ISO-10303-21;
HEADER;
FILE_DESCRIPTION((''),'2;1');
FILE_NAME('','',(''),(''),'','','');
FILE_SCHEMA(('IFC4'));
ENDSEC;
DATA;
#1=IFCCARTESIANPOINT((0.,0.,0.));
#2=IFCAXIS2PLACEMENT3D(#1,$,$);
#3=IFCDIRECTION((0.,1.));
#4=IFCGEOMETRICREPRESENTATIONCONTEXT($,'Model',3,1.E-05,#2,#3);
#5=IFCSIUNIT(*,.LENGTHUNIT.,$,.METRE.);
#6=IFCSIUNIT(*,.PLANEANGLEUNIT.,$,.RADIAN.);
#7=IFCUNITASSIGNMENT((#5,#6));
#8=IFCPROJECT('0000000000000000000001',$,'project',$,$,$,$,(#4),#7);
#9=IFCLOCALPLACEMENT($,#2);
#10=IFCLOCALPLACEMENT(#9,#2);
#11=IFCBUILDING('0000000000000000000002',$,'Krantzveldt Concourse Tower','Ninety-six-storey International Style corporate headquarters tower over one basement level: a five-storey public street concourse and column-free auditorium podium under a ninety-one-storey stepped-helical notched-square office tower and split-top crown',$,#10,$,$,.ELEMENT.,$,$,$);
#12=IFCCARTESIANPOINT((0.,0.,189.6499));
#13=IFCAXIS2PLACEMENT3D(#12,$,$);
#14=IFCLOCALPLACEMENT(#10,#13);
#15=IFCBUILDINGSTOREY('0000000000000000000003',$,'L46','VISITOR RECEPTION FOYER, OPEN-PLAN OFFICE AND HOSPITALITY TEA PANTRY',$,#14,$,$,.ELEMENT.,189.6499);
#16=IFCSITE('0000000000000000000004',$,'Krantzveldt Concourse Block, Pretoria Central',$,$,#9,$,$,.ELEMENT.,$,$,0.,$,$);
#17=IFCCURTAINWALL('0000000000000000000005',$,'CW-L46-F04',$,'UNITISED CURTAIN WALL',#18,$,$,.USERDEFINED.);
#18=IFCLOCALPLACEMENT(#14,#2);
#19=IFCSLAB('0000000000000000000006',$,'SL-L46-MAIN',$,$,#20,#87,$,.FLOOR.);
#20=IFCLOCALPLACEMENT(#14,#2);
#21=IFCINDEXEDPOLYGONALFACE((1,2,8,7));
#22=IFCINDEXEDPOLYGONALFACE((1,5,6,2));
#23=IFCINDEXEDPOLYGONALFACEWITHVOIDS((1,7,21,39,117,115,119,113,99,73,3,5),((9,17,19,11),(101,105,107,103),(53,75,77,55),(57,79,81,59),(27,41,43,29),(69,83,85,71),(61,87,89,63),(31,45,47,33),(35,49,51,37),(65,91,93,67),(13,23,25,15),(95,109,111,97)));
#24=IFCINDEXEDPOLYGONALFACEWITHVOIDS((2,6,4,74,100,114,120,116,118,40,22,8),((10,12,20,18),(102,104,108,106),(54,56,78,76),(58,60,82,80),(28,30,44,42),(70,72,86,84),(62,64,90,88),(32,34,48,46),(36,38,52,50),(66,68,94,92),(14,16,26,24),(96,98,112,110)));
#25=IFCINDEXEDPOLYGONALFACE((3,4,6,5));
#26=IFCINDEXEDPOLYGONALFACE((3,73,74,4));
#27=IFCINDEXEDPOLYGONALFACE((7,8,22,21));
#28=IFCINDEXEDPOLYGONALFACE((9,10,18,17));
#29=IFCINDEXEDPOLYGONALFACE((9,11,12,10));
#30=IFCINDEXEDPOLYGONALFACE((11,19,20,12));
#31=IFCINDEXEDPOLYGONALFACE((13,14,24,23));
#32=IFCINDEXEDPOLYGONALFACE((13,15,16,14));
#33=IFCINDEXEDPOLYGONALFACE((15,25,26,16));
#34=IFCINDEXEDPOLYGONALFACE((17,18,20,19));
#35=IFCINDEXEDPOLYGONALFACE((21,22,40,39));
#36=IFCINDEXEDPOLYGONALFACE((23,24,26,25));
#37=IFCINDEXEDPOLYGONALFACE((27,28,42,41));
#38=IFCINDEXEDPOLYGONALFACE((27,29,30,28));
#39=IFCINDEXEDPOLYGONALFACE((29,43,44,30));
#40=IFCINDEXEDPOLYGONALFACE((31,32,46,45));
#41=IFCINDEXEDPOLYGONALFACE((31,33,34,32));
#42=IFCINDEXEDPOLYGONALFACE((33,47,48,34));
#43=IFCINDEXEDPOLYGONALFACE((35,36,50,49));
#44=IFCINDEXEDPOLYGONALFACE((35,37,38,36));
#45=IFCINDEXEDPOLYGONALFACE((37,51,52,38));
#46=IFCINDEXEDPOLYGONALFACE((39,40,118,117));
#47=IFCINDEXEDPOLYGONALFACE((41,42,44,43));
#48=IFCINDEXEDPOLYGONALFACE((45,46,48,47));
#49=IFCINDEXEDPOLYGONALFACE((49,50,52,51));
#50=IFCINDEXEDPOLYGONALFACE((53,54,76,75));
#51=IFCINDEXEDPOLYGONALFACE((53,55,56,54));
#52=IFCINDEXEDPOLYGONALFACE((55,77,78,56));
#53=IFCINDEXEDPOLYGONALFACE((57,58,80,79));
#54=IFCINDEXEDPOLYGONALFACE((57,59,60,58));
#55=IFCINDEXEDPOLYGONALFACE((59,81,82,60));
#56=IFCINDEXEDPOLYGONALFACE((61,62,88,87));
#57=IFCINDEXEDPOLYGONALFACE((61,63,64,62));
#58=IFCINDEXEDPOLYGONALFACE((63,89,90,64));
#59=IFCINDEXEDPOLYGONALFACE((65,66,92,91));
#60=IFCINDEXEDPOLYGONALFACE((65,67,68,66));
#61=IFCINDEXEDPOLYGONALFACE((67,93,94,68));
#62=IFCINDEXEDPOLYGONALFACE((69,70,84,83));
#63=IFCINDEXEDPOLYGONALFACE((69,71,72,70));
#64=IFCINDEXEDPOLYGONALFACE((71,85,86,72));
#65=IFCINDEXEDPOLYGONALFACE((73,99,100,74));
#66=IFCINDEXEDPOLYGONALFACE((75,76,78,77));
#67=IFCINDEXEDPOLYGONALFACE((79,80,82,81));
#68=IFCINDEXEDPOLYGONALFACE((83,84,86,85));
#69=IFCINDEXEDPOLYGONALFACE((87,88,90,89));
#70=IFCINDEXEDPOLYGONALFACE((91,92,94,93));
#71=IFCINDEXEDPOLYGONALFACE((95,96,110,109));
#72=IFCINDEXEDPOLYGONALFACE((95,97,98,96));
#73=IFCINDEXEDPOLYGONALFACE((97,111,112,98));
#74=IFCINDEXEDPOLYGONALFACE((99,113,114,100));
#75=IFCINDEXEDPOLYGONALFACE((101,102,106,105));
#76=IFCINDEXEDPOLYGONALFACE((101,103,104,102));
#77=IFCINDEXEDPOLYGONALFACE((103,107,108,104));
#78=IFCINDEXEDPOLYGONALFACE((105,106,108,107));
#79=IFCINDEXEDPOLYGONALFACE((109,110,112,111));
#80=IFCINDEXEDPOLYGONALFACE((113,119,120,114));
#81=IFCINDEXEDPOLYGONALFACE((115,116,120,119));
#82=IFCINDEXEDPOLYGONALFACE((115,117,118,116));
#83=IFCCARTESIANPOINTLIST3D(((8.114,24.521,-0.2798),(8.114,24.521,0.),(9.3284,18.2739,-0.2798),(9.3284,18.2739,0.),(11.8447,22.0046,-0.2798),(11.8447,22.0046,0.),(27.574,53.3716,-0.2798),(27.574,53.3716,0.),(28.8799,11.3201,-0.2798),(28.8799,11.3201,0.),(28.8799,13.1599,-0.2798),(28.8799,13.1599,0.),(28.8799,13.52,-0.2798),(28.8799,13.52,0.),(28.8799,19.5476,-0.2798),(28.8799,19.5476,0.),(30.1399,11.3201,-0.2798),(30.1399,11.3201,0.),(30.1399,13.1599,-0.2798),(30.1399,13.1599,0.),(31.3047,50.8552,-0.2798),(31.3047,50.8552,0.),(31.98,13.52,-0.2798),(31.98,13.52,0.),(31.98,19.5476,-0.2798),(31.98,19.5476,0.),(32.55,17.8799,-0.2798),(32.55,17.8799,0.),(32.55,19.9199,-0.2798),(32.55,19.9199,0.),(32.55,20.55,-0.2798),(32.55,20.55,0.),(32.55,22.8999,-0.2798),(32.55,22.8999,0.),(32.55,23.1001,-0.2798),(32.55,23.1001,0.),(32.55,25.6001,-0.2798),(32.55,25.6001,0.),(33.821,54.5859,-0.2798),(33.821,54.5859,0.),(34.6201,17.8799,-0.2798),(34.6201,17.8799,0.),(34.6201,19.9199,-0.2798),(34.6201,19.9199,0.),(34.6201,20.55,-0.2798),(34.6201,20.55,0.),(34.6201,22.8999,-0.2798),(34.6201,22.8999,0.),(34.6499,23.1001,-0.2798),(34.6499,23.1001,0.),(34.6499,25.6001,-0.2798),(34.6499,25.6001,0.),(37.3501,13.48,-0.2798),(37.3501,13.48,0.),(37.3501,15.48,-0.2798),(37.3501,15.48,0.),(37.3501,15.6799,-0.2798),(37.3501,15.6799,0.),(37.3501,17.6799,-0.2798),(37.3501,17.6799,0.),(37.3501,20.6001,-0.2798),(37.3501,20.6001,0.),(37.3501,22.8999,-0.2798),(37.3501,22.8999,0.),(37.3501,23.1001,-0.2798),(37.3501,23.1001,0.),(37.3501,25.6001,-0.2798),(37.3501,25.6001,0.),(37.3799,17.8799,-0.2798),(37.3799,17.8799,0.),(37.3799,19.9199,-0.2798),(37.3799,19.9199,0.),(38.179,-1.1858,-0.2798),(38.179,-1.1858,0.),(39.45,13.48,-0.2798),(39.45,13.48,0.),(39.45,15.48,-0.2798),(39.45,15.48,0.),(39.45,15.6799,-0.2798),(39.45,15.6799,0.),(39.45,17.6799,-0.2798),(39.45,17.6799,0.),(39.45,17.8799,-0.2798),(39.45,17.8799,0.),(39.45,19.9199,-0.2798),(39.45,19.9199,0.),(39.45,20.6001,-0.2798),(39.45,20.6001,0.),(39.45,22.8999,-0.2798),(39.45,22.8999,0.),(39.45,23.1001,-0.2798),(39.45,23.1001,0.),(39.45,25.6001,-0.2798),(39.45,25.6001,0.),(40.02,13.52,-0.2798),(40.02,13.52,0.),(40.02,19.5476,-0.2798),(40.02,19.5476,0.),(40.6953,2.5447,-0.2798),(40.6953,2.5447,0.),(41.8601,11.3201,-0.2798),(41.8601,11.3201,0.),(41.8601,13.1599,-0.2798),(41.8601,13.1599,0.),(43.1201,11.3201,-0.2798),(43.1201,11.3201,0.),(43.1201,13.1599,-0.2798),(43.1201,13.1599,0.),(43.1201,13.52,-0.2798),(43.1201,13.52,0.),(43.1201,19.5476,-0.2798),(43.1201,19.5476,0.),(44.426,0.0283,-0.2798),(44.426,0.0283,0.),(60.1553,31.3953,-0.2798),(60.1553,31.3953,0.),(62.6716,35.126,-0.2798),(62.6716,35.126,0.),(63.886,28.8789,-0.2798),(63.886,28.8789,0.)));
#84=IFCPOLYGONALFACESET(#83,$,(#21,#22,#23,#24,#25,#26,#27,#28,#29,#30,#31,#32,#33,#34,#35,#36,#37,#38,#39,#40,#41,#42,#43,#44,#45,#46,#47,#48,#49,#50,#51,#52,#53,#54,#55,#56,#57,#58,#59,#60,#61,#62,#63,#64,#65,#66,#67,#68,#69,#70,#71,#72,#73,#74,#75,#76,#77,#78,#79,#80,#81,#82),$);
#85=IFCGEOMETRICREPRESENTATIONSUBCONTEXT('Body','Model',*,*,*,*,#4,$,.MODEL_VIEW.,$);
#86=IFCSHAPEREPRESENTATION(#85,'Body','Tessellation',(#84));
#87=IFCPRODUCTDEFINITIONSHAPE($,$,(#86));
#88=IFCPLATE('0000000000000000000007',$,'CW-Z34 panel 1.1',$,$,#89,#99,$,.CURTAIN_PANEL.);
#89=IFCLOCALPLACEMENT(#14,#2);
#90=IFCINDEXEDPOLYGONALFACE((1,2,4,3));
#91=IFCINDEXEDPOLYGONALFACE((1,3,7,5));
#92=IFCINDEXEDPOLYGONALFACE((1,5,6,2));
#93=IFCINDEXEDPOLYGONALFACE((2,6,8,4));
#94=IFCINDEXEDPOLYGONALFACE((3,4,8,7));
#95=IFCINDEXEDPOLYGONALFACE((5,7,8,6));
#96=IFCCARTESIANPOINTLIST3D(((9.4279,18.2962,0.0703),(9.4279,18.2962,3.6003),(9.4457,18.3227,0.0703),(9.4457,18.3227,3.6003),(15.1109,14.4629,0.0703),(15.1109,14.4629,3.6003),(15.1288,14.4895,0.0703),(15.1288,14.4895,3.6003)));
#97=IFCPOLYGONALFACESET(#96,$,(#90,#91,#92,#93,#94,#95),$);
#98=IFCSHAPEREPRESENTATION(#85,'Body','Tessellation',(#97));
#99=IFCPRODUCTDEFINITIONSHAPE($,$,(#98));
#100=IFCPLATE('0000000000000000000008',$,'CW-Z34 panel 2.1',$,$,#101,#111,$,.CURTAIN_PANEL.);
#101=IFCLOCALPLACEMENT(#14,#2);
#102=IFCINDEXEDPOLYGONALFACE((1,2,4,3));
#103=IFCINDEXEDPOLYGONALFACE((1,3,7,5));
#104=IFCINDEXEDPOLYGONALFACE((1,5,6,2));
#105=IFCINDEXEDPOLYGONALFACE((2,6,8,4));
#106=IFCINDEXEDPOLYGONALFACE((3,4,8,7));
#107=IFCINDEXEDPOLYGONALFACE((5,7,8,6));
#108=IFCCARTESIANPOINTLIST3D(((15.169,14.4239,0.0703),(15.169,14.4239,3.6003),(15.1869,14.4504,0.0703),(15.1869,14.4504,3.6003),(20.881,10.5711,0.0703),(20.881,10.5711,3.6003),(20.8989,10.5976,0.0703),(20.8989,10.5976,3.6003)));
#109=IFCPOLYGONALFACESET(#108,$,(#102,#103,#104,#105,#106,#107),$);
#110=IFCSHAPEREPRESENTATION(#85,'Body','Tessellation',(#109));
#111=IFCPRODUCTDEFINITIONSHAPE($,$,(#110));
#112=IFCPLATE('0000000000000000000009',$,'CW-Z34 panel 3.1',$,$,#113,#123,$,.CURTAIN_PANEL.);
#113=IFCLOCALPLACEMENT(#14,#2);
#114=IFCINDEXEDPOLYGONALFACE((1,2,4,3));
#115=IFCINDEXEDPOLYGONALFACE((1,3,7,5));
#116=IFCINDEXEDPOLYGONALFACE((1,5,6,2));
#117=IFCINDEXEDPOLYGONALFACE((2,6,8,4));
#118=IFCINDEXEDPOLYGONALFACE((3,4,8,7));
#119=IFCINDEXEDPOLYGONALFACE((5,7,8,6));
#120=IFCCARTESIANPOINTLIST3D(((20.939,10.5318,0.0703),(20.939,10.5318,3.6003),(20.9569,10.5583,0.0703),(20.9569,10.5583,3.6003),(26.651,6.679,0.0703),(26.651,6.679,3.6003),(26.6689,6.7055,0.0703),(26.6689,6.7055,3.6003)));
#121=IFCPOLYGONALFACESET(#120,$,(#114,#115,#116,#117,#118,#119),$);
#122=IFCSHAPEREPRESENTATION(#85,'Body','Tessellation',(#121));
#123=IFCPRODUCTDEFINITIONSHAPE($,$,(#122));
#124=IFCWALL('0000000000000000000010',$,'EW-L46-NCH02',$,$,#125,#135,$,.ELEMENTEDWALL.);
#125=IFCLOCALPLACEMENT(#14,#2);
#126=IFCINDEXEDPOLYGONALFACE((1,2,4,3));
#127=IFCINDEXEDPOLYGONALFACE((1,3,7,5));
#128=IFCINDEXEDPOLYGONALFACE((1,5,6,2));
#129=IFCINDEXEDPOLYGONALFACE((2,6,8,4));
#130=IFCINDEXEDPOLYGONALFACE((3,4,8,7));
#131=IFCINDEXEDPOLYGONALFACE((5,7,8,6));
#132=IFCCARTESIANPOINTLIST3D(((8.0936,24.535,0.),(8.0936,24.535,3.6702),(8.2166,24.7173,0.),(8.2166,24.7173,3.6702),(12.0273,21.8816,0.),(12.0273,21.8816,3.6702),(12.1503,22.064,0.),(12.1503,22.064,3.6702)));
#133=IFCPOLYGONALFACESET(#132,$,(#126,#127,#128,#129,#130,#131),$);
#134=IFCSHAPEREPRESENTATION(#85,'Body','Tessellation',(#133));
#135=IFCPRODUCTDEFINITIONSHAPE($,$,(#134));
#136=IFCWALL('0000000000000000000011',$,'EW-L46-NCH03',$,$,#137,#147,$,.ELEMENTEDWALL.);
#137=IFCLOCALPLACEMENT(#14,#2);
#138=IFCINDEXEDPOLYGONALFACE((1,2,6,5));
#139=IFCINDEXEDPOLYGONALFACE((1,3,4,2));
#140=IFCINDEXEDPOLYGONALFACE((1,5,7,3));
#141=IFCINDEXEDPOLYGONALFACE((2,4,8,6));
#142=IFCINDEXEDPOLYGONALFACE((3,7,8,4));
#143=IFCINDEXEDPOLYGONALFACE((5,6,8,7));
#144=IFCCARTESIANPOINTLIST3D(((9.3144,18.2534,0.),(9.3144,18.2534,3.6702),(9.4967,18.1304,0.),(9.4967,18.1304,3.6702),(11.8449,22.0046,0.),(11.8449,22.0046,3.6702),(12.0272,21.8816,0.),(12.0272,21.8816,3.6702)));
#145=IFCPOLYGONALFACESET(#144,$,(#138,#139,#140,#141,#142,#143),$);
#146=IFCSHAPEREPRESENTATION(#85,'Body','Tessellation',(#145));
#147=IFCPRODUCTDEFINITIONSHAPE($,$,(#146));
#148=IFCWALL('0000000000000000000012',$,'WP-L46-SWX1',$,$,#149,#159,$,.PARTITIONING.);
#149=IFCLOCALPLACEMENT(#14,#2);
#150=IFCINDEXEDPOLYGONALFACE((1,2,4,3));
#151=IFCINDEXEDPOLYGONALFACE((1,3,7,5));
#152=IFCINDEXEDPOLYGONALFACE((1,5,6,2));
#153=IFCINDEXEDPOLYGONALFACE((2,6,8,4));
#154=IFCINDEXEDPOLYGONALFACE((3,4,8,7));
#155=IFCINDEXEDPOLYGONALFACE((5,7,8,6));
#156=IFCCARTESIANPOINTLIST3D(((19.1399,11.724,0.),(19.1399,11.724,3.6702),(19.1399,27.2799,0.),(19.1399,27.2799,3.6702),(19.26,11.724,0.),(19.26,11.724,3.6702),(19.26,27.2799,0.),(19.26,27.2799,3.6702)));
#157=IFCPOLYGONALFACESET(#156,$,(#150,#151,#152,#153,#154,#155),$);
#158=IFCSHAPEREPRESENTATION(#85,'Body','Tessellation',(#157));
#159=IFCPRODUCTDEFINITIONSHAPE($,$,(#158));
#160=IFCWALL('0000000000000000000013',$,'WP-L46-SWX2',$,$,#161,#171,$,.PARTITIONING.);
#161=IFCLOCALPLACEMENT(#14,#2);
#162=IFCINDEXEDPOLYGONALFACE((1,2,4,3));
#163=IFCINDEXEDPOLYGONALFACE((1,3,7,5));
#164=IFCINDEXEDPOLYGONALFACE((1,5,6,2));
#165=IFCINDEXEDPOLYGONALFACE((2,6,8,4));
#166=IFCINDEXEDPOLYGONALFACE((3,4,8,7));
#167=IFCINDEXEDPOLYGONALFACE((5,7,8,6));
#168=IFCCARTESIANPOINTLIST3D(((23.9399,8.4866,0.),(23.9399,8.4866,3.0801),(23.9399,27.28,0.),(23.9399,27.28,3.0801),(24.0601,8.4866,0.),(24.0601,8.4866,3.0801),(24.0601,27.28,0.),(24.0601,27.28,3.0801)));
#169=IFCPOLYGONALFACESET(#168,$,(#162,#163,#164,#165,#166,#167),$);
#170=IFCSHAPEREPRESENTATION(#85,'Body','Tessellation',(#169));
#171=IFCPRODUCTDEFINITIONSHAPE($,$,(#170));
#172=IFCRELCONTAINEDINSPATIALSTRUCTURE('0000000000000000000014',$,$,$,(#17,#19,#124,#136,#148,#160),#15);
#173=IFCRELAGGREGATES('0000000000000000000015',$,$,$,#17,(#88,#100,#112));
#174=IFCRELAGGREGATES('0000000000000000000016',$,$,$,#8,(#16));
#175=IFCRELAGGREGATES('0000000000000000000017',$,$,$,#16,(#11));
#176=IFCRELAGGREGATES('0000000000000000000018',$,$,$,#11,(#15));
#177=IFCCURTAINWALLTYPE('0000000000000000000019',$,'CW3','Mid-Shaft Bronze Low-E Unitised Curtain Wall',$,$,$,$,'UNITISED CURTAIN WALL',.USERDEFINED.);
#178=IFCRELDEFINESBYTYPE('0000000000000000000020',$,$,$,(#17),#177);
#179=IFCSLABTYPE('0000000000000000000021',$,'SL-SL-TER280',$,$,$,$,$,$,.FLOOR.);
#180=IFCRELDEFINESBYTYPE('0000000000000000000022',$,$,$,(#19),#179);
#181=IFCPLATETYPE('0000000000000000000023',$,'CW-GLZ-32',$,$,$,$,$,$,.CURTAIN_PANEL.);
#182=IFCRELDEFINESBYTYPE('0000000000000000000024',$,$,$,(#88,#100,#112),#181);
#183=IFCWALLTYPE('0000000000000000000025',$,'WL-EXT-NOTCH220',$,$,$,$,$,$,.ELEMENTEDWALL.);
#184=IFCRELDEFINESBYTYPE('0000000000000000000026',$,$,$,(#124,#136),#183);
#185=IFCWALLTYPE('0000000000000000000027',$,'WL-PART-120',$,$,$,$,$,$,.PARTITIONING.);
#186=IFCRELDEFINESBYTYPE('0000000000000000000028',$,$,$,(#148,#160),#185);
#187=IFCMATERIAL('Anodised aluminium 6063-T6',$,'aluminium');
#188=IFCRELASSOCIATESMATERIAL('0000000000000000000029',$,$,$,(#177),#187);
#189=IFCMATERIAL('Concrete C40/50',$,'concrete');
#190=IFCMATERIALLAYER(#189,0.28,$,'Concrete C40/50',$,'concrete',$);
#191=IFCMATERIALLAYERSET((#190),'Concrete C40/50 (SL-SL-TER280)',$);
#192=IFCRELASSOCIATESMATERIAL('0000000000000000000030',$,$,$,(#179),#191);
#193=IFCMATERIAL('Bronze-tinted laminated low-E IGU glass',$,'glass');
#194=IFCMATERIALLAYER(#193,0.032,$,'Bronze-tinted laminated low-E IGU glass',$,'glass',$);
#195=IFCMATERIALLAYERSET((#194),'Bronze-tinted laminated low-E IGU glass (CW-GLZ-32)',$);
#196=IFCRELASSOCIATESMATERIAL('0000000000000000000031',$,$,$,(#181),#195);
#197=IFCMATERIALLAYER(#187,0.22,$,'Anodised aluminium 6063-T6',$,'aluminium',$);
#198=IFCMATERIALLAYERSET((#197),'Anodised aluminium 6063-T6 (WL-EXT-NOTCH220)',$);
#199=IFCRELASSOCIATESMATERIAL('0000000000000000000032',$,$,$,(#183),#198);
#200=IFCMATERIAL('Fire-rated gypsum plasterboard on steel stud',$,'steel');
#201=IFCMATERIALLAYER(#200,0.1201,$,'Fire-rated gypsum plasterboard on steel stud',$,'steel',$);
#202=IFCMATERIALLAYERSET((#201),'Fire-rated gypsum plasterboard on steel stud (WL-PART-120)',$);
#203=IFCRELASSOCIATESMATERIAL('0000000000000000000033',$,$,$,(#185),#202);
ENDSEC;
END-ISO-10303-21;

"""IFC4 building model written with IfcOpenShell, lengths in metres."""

from ifc_helpers import new_model, si_unit, direction, frame, frame_2d, origin, origin_2d, place, context, subcontext, project, spatial, polyline, rectangle, outline, extrude, source, transform, mapped, material, layer, layer_set, type_object, type_shapes, element, aggregate, save


model = new_model("IFC4")

# Units and contexts
model_context = context("Model", 3, precision=1e-05, world=origin(), true_north=direction((0.0, 1.0)))
body_context = subcontext(model_context, "Body", "Model", "MODEL_VIEW")
ifc_project = project(units=[si_unit("LENGTHUNIT", "METRE"), si_unit("PLANEANGLEUNIT", "RADIAN")], contexts=[model_context])

# Site, building, storey
site_placement = place(None, origin())
site = spatial("IfcSite", under=ifc_project, at=site_placement, Name="Krantzveldt Concourse Block, Pretoria Central", CompositionType="ELEMENT", RefElevation=0.0)
building_placement = place(site_placement, origin())
building = spatial("IfcBuilding", under=site, at=building_placement, Name="Krantzveldt Concourse Tower", Description="Ninety-six-storey International Style corporate headquarters tower over one basement level: a five-storey public street concourse and column-free auditorium podium under a ninety-one-storey stepped-helical notched-square office tower and split-top crown", CompositionType="ELEMENT")
storey_placement = place(building_placement, frame((0.0, 0.0, 189.6499)))
storey = spatial("IfcBuildingStorey", under=building, at=storey_placement, Name="L46", Description="VISITOR RECEPTION FOYER, OPEN-PLAN OFFICE AND HOSPITALITY TEA PANTRY", CompositionType="ELEMENT", Elevation=189.6499)

# Shared definitions
ifc_material_1 = material(Name="Anodised aluminium 6063-T6", Category="aluminium")
curtain_wall_type = type_object("IfcCurtainWallType", Name="CW3", Description="Mid-Shaft Bronze Low-E Unitised Curtain Wall", ElementType="UNITISED CURTAIN WALL", PredefinedType="USERDEFINED", material=ifc_material_1)

# Curtain wall
curtain_wall_1_placement = place(storey_placement, origin())
curtain_wall_1 = element("IfcCurtainWall", 1, at=curtain_wall_1_placement, inside=storey, type_object=curtain_wall_type, Name="CW-L46-F04", ObjectType="UNITISED CURTAIN WALL", PredefinedType="USERDEFINED")

# Slab
ifc_material_2 = material(Name="Concrete C40/50", Category="concrete")
ifc_layer_1 = layer(ifc_material_2, 0.28, Name="Concrete C40/50", Category="concrete")
ifc_layer_set_1 = layer_set([ifc_layer_1], Name="Concrete C40/50 (SL-SL-TER280)")
slab_type_1 = type_object("IfcSlabType", Name="SL-SL-TER280", PredefinedType="FLOOR", material=ifc_layer_set_1)
slab_1_placement = place(storey_placement, frame((0.0, 0.0, -0.2798)))
element("IfcSlab", 2, at=slab_1_placement, inside=storey, type_object=slab_type_1, Name="SL-L46-MAIN", PredefinedType="FLOOR", context=body_context, shape_type="SweptSolid", body=[
    extrude(outline(polyline([(31.3047, 50.8552), (27.574, 53.3716), (8.114, 24.521), (11.8447, 22.0046), (9.3284, 18.2739), (38.179, -1.1858), (40.6953, 2.5447), (44.426, 0.0283), (63.886, 28.8789), (60.1553, 31.3953), (62.6716, 35.126), (33.821, 54.5859), (31.3047, 50.8552)]), holes=[polyline([(28.8799, 19.5476), (28.8799, 13.52), (31.98, 13.52), (31.98, 19.5476), (28.8799, 19.5476)]), polyline([(40.02, 19.5476), (40.02, 13.52), (43.1201, 13.52), (43.1201, 19.5476), (40.02, 19.5476)]), polyline([(32.55, 23.1001), (34.6499, 23.1001), (34.6499, 25.6001), (32.55, 25.6001), (32.55, 23.1001)]), polyline([(37.3501, 23.1001), (39.45, 23.1001), (39.45, 25.6001), (37.3501, 25.6001), (37.3501, 23.1001)]), polyline([(37.3501, 20.6001), (39.45, 20.6001), (39.45, 22.8999), (37.3501, 22.8999), (37.3501, 20.6001)]), polyline([(37.3501, 13.48), (39.45, 13.48), (39.45, 15.48), (37.3501, 15.48), (37.3501, 13.48)]), polyline([(37.3501, 15.6799), (39.45, 15.6799), (39.45, 17.6799), (37.3501, 17.6799), (37.3501, 15.6799)]), polyline([(32.55, 20.55), (34.6201, 20.55), (34.6201, 22.8999), (32.55, 22.8999), (32.55, 20.55)]), polyline([(32.55, 17.8799), (34.6201, 17.8799), (34.6201, 19.9199), (32.55, 19.9199), (32.55, 17.8799)]), polyline([(37.3799, 17.8799), (39.45, 17.8799), (39.45, 19.9199), (37.3799, 19.9199), (37.3799, 17.8799)]), polyline([(28.8799, 11.3201), (30.1399, 11.3201), (30.1399, 13.1599), (28.8799, 13.1599), (28.8799, 11.3201)]), polyline([(41.8601, 11.3201), (43.1201, 11.3201), (43.1201, 13.1599), (41.8601, 13.1599), (41.8601, 11.3201)])]), origin(), (0.0, 0.0, 1.0), 0.2798),
])

# Plates
ifc_material_3 = material(Name="Bronze-tinted laminated low-E IGU glass", Category="glass")
ifc_layer_2 = layer(ifc_material_3, 0.032, Name="Bronze-tinted laminated low-E IGU glass", Category="glass")
ifc_layer_set_2 = layer_set([ifc_layer_2], Name="Bronze-tinted laminated low-E IGU glass (CW-GLZ-32)")
plate_type = type_object("IfcPlateType", Name="CW-GLZ-32", PredefinedType="CURTAIN_PANEL", material=ifc_layer_set_2)
shared_shape_1 = source(origin(), body_context, "Body", "SweptSolid", [
    extrude(rectangle(XDim=6.855, YDim=0.032, at=origin_2d()), origin(), (0.0, 0.0, 1.0), 3.53),
])
plate_1_placement = place(storey_placement, frame((12.2783, 16.3928, 0.0703), z_axis=(0.0, 0.0, 1.0), x_axis=(0.829038, -0.559193, 0.0)))
plate_1 = element("IfcPlate", 3, at=plate_1_placement, type_object=plate_type, Name="CW-Z34 panel 1.1", PredefinedType="CURTAIN_PANEL", context=body_context, shape_type="MappedRepresentation", body=[
    mapped(shared_shape_1, transform((0.0, 0.0, 0.0), x_axis=(1.0, 0.0, 0.0), y_axis=(0.0, 1.0, 0.0), z_axis=(0.0, 0.0, 1.0), scale=1.0)),
])
shared_shape_2 = source(origin(), body_context, "Body", "SweptSolid", [
    extrude(rectangle(XDim=6.8899, YDim=0.032, at=origin_2d()), origin(), (0.0, 0.0, 1.0), 3.53),
])
type_shapes(plate_type, [shared_shape_1, shared_shape_2])
plate_2_placement = place(storey_placement, frame((18.0339, 12.5107, 0.0703), z_axis=(0.0, 0.0, 1.0), x_axis=(0.829038, -0.559193, 0.0)))
plate_2 = element("IfcPlate", 4, at=plate_2_placement, type_object=plate_type, Name="CW-Z34 panel 2.1", PredefinedType="CURTAIN_PANEL", context=body_context, shape_type="MappedRepresentation", body=[
    mapped(shared_shape_2, transform((0.0, 0.0, 0.0), x_axis=(1.0, 0.0, 0.0), y_axis=(0.0, 1.0, 0.0), z_axis=(0.0, 0.0, 1.0), scale=1.0)),
])
plate_3_placement = place(storey_placement, frame((23.804, 8.6187, 0.0703), z_axis=(0.0, 0.0, 1.0), x_axis=(0.829038, -0.559193, 0.0)))
plate_3 = element("IfcPlate", 5, at=plate_3_placement, type_object=plate_type, Name="CW-Z34 panel 3.1", PredefinedType="CURTAIN_PANEL", context=body_context, shape_type="MappedRepresentation", body=[
    mapped(shared_shape_2, transform((0.0, 0.0, 0.0), x_axis=(1.0, 0.0, 0.0), y_axis=(0.0, 1.0, 0.0), z_axis=(0.0, 0.0, 1.0), scale=1.0)),
])
aggregate(curtain_wall_1, [plate_1, plate_2, plate_3])

# Walls
ifc_layer_3 = layer(ifc_material_1, 0.22, Name="Anodised aluminium 6063-T6", Category="aluminium")
ifc_layer_set_3 = layer_set([ifc_layer_3], Name="Anodised aluminium 6063-T6 (WL-EXT-NOTCH220)")
wall_type_1 = type_object("IfcWallType", Name="WL-EXT-NOTCH220", PredefinedType="ELEMENTEDWALL", material=ifc_layer_set_3)
wall_1_placement = place(storey_placement, frame((8.155, 24.6262, 0.0), z_axis=(0.0, 0.0, 1.0), x_axis=(0.82903, -0.559204, 0.0)))
element("IfcWall", 6, at=wall_1_placement, inside=storey, type_object=wall_type_1, Name="EW-L46-NCH02", PredefinedType="ELEMENTEDWALL", context=body_context, shape_type="SweptSolid", body=[
    extrude(rectangle(XDim=4.7449, YDim=0.22, at=frame_2d((2.3726, 0.0))), origin(), (0.0, 0.0, 1.0), 3.6702),
])
wall_2_placement = place(storey_placement, frame((11.936, 21.9431, 0.0), z_axis=(0.0, 0.0, 1.0), x_axis=(-0.559237, -0.829008, 0.0)))
element("IfcWall", 7, at=wall_2_placement, inside=storey, type_object=wall_type_1, Name="EW-L46-NCH03", PredefinedType="ELEMENTEDWALL", context=body_context, shape_type="SweptSolid", body=[
    extrude(rectangle(XDim=4.5249, YDim=0.22, at=frame_2d((2.2625, 0.0))), origin(), (0.0, 0.0, 1.0), 3.6702),
])
ifc_material_4 = material(Name="Fire-rated gypsum plasterboard on steel stud", Category="steel")
ifc_layer_4 = layer(ifc_material_4, 0.1201, Name="Fire-rated gypsum plasterboard on steel stud", Category="steel")
ifc_layer_set_4 = layer_set([ifc_layer_4], Name="Fire-rated gypsum plasterboard on steel stud (WL-PART-120)")
wall_type_2 = type_object("IfcWallType", Name="WL-PART-120", PredefinedType="PARTITIONING", material=ifc_layer_set_4)
wall_3_placement = place(storey_placement, frame((19.2, 11.7241, 0.0), z_axis=(0.0, 0.0, 1.0), x_axis=(0.0, 1.0, 0.0)))
element("IfcWall", 8, at=wall_3_placement, inside=storey, type_object=wall_type_2, Name="WP-L46-SWX1", PredefinedType="PARTITIONING", context=body_context, shape_type="SweptSolid", body=[
    extrude(rectangle(XDim=15.5559, YDim=0.1201, at=frame_2d((7.7778, 0.0))), origin(), (0.0, 0.0, 1.0), 3.6702),
])
wall_4_placement = place(storey_placement, frame((24.0, 8.4866, 0.0), z_axis=(0.0, 0.0, 1.0), x_axis=(0.0, 1.0, 0.0)))
element("IfcWall", 9, at=wall_4_placement, inside=storey, type_object=wall_type_2, Name="WP-L46-SWX2", PredefinedType="PARTITIONING", context=body_context, shape_type="SweptSolid", body=[
    extrude(rectangle(XDim=18.7935, YDim=0.1201, at=frame_2d((9.3967, 0.0))), origin(), (0.0, 0.0, 1.0), 3.0801),
])

save(model, "model.ifc")
